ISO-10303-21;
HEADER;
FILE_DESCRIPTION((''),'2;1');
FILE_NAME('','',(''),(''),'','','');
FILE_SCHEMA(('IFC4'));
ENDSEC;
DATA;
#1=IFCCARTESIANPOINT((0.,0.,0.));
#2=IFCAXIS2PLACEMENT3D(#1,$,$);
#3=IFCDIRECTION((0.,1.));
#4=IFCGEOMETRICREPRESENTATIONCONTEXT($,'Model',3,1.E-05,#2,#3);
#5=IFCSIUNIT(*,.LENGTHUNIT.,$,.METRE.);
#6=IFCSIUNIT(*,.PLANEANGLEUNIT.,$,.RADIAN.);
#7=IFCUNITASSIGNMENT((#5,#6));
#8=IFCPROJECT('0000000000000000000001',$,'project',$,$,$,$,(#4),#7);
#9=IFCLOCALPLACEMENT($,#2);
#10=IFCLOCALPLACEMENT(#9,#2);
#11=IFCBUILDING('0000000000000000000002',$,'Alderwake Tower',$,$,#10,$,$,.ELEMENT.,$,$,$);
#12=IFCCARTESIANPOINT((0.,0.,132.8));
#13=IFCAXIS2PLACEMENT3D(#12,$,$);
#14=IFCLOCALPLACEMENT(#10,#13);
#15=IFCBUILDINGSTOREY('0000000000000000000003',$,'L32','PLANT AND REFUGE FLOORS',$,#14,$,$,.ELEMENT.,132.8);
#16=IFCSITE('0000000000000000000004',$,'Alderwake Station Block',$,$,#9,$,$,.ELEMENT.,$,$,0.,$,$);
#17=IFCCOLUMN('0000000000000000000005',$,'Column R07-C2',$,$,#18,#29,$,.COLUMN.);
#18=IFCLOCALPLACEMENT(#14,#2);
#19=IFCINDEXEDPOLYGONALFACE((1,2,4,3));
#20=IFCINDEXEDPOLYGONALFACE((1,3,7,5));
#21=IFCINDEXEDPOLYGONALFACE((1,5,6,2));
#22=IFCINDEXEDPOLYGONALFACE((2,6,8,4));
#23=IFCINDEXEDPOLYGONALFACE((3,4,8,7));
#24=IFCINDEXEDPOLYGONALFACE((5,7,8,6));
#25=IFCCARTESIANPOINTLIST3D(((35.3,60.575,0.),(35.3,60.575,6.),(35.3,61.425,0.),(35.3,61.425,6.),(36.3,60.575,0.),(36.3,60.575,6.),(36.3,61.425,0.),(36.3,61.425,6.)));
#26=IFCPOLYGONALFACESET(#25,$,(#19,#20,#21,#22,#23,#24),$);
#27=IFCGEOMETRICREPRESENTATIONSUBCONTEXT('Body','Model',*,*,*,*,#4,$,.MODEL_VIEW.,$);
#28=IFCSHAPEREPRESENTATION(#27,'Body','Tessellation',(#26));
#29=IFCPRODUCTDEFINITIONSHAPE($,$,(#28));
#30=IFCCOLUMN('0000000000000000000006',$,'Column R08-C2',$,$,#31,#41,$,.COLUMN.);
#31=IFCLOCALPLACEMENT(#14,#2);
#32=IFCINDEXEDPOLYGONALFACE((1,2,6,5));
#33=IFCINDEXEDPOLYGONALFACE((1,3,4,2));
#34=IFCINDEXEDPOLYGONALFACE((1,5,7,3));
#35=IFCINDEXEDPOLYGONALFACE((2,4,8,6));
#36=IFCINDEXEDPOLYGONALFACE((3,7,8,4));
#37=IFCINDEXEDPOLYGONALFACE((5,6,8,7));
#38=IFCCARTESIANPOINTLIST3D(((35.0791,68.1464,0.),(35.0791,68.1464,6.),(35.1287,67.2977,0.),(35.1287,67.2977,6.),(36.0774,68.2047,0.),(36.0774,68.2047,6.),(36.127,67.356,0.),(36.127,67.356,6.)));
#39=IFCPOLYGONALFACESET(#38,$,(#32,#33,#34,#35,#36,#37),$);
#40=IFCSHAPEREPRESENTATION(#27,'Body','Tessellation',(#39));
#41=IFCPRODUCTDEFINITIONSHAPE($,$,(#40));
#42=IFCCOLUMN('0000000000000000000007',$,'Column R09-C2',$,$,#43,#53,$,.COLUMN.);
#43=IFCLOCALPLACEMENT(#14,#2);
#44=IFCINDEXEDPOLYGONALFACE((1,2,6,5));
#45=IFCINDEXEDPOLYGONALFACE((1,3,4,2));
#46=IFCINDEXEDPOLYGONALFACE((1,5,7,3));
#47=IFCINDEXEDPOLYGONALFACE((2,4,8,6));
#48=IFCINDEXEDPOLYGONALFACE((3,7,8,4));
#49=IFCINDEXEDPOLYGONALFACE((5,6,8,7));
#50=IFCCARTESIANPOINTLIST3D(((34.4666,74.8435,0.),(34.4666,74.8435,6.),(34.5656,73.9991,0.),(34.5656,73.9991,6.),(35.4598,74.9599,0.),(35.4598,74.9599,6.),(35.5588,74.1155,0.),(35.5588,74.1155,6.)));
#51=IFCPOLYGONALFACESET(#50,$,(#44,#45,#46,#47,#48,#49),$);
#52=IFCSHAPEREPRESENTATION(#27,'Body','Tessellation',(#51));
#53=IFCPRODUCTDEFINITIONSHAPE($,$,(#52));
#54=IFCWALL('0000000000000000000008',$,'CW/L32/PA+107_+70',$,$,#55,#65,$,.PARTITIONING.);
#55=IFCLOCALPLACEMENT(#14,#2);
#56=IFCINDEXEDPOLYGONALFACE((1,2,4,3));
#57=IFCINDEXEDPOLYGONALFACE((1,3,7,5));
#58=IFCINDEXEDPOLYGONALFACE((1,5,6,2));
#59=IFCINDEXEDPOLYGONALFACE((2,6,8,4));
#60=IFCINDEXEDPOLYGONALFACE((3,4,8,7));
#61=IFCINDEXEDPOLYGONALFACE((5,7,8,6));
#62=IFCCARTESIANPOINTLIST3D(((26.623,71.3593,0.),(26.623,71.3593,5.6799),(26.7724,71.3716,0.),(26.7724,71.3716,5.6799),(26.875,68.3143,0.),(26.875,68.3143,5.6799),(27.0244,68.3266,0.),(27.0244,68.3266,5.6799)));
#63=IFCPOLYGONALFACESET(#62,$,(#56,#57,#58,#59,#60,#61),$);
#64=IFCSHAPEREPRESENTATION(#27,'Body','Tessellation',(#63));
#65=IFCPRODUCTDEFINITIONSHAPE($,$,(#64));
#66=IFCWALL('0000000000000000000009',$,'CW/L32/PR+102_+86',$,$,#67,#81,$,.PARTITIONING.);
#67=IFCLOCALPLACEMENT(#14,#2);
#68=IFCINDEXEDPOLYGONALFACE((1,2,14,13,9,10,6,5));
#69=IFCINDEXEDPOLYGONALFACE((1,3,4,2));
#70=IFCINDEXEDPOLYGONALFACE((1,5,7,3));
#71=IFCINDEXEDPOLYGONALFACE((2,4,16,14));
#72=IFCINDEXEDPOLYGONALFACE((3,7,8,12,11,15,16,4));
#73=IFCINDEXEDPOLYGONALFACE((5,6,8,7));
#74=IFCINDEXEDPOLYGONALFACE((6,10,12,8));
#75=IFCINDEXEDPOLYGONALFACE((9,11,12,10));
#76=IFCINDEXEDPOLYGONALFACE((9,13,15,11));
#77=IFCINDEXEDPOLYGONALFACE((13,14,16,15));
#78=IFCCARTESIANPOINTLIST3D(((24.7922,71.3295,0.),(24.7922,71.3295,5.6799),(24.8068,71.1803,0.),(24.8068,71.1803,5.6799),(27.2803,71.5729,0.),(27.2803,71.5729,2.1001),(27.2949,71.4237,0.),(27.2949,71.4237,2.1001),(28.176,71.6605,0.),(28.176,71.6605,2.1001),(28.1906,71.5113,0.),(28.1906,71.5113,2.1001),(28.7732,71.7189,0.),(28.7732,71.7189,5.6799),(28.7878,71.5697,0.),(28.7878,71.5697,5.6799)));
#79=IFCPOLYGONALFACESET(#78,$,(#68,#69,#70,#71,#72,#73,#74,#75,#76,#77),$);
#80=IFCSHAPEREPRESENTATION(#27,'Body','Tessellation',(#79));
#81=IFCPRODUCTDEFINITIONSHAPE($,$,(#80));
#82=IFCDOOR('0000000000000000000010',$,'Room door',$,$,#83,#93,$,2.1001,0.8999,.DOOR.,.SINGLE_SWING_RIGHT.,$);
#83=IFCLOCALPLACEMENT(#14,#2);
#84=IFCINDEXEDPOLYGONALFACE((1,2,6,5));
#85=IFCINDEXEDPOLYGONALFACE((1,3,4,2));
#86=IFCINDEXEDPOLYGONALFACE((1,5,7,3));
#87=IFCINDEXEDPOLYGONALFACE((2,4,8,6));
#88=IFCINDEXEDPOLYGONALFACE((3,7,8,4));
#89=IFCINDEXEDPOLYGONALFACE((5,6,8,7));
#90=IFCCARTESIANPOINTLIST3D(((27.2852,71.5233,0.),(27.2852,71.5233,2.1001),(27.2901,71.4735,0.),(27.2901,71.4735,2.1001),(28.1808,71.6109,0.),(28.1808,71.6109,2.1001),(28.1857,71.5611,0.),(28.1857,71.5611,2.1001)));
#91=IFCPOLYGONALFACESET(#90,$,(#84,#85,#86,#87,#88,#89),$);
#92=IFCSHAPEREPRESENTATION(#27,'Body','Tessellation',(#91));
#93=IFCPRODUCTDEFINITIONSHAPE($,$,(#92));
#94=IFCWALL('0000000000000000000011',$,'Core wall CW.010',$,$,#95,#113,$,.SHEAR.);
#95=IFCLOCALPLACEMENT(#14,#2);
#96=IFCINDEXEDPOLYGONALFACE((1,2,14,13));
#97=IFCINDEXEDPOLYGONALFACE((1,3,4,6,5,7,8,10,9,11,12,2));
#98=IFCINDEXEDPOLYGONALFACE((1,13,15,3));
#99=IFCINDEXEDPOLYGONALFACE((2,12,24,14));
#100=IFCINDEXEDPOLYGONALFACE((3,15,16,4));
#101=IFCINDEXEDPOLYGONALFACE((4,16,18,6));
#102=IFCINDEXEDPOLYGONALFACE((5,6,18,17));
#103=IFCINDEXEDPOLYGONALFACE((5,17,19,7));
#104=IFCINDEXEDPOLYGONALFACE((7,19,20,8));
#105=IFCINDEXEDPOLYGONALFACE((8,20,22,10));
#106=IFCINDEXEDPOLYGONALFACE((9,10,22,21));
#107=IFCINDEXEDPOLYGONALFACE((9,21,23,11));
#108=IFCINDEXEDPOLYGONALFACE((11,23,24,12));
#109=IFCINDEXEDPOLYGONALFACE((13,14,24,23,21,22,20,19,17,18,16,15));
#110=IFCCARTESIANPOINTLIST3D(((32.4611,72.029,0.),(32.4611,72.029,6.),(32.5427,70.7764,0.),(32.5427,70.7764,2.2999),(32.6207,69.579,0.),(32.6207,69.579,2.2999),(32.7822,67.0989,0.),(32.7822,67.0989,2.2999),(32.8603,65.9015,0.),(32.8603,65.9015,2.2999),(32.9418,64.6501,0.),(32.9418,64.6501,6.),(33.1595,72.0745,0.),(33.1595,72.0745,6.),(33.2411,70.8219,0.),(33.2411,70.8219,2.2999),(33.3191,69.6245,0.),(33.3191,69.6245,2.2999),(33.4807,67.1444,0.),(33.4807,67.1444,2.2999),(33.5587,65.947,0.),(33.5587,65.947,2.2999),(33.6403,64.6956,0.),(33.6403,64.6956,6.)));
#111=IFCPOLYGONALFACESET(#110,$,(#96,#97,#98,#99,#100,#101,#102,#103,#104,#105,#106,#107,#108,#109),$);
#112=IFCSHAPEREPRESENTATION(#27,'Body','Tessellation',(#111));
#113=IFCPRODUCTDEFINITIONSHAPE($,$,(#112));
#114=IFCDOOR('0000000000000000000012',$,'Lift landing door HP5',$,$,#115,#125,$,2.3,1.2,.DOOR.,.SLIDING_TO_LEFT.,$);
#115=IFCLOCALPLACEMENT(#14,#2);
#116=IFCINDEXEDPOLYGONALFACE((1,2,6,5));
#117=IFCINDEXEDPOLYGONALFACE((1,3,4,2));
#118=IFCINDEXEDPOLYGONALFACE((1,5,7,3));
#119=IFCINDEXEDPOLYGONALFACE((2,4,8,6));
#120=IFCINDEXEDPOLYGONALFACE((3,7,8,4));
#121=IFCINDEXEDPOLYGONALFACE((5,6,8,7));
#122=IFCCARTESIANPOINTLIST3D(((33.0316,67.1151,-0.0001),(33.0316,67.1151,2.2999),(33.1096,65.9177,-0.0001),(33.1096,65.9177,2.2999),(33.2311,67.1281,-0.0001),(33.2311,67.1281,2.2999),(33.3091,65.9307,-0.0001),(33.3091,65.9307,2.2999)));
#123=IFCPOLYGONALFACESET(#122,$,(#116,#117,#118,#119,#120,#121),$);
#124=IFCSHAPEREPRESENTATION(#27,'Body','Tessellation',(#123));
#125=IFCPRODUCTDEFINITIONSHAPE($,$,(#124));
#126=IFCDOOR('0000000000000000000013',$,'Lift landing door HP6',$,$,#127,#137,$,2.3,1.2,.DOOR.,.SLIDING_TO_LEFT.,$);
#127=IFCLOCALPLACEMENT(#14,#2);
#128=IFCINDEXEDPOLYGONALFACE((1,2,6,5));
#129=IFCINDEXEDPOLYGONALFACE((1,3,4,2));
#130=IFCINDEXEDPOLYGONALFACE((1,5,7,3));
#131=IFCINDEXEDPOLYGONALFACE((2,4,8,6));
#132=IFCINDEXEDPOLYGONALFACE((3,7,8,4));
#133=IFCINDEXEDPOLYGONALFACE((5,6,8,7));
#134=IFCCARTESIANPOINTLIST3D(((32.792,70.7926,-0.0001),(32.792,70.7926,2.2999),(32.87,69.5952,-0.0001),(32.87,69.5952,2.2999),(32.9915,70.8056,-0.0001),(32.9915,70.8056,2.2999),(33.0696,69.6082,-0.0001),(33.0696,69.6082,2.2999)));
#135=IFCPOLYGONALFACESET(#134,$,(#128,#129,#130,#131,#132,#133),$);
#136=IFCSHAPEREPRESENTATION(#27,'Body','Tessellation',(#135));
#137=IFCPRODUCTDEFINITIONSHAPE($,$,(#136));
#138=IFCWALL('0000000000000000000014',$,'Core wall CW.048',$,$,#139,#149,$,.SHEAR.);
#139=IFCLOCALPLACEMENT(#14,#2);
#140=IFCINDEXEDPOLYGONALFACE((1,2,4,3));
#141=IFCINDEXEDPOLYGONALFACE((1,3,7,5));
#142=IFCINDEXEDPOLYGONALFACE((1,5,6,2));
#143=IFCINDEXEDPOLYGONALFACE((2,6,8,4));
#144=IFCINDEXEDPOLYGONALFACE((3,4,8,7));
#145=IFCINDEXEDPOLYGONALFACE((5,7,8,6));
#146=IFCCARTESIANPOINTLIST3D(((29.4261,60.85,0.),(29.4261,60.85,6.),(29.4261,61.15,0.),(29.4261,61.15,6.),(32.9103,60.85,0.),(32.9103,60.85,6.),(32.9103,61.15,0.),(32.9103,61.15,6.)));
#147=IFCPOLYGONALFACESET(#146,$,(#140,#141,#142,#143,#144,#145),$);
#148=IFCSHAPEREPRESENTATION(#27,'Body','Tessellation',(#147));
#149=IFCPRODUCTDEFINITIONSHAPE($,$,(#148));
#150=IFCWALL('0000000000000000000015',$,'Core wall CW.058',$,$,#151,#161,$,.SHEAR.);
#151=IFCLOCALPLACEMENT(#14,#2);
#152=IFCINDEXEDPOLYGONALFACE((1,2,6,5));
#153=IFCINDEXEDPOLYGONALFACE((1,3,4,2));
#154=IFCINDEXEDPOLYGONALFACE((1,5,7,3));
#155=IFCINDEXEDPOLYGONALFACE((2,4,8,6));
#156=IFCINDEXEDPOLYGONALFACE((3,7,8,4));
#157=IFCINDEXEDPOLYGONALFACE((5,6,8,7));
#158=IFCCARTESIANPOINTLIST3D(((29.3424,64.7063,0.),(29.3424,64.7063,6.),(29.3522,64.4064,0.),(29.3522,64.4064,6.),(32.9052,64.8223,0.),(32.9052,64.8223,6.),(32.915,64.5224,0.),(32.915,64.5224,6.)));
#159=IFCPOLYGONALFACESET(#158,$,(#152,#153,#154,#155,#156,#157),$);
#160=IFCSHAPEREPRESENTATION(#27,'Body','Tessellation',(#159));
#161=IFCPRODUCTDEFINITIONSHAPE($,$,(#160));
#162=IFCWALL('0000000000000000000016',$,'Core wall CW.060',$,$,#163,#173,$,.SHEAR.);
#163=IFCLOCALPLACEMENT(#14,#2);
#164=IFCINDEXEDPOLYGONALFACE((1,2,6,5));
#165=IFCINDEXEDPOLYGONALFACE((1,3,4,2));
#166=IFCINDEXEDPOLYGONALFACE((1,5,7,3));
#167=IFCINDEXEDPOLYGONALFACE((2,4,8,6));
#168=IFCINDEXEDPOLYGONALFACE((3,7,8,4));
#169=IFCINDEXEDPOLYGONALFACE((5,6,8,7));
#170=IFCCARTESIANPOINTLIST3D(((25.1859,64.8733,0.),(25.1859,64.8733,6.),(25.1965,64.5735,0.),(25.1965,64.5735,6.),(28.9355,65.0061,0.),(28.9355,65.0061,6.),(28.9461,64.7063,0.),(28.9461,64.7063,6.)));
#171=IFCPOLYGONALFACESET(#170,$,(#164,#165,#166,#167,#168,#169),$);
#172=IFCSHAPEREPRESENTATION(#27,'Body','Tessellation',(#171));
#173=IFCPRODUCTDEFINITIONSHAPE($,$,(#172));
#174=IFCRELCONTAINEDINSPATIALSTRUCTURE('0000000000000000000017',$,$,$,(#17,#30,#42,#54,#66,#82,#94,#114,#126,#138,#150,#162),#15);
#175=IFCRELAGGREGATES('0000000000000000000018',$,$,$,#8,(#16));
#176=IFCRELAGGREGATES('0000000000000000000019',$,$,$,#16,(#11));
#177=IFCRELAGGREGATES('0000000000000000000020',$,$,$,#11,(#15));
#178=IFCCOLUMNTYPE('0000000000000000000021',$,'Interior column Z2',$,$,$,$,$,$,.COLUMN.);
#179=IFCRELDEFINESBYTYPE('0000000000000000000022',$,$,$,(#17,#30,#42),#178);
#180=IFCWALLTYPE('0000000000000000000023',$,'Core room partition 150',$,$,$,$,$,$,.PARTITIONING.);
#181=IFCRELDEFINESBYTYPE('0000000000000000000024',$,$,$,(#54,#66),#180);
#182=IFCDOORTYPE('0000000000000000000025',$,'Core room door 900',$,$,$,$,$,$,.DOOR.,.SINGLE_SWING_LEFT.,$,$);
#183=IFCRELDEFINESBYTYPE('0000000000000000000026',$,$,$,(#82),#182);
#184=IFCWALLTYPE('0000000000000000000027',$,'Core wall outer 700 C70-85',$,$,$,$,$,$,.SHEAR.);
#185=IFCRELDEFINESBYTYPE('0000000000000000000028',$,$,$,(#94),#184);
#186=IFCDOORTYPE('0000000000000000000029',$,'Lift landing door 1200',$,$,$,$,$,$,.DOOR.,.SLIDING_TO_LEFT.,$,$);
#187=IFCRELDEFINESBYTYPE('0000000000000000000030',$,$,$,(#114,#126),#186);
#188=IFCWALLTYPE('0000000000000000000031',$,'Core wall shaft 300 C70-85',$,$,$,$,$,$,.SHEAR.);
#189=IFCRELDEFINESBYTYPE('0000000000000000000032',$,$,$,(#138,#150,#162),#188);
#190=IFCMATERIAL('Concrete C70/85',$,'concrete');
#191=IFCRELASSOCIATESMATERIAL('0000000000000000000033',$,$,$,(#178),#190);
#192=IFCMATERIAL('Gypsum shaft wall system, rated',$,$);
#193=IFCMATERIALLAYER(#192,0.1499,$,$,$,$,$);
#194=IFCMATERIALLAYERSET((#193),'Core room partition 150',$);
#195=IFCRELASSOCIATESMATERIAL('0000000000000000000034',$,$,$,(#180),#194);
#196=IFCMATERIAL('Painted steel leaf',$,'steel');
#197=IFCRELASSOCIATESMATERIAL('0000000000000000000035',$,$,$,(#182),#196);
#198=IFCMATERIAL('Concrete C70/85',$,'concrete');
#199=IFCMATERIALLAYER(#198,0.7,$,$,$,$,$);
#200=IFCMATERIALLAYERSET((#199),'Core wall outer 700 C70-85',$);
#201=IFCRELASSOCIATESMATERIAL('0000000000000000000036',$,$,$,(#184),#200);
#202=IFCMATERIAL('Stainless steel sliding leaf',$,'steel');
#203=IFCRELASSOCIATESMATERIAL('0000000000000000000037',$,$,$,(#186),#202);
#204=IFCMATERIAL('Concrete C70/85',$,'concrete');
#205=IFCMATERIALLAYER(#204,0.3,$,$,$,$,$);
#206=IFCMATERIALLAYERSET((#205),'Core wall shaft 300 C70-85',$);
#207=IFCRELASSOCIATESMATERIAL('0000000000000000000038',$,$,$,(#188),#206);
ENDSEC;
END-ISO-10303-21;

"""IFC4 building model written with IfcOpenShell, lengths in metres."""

from ifc_helpers import new_model, si_unit, direction, frame, frame_2d, origin, origin_2d, place, context, subcontext, project, spatial, rectangle, extrude, material, layer, layer_set, material_profile, profile_set, type_object, element, fill, save


model = new_model("IFC4")

# Units and contexts
model_context = context("Model", 3, precision=1e-05, world=origin(), true_north=direction((0.0, 1.0)))
body_context = subcontext(model_context, "Body", "Model", "MODEL_VIEW")
ifc_project = project(units=[si_unit("LENGTHUNIT", "METRE"), si_unit("PLANEANGLEUNIT", "RADIAN")], contexts=[model_context])

# Site, building, storey
site_placement = place(None, origin())
site = spatial("IfcSite", under=ifc_project, at=site_placement, Name="Alderwake Station Block", CompositionType="ELEMENT", RefElevation=0.0)
building_placement = place(site_placement, origin())
building = spatial("IfcBuilding", under=site, at=building_placement, Name="Alderwake Tower", CompositionType="ELEMENT")
storey_placement = place(building_placement, frame((0.0, 0.0, 132.8)))
storey = spatial("IfcBuildingStorey", under=building, at=storey_placement, Name="L32", Description="PLANT AND REFUGE FLOORS", CompositionType="ELEMENT", Elevation=132.8)

# Columns
ifc_material_1 = material(Name="Concrete C70/85", Category="concrete")
ifc_material_profile = material_profile(ifc_material_1, rectangle(XDim=0.8501, YDim=1.0, at=origin_2d()), Name="RC 1000X850")
ifc_profile_set = profile_set([ifc_material_profile], Name="Concrete C70/85")
column_type = type_object("IfcColumnType", Name="Interior column Z2", PredefinedType="COLUMN", material=ifc_profile_set)
for number, where, z_axis, x_axis, name in (
    (1, (35.8, 61.0, 0.0), (0.0, 0.0, 1.0), (0.0, 1.0, 0.0), "Column R07-C2"),
    (2, (35.603, 67.7512, 0.0), (0.0, 0.0, 1.0), (-0.058301, 0.998299, 0.0), "Column R08-C2"),
    (3, (35.0127, 74.4795, 0.0), (0.0, 0.0, 1.0), (-0.116402, 0.993202, 0.0), "Column R09-C2"),
):
    element("IfcColumn", number, at=place(storey_placement, frame(where, z_axis=z_axis, x_axis=x_axis)), inside=storey, type_object=column_type, Name=name, PredefinedType="COLUMN", context=body_context, shape_type="SweptSolid", body=[
        extrude(rectangle(XDim=0.8501, YDim=1.0, at=origin_2d()), origin(), (0.0, 0.0, 1.0), 6.0),
    ])

# Wall
ifc_material_2 = material(Name="Gypsum shaft wall system, rated")
ifc_layer_1 = layer(ifc_material_2, 0.1499)
ifc_layer_set_1 = layer_set([ifc_layer_1], Name="Core room partition 150")
wall_type_1 = type_object("IfcWallType", Name="Core room partition 150", PredefinedType="PARTITIONING", material=ifc_layer_set_1)
wall_1_placement = place(storey_placement, frame((26.9497, 68.3203, 0.0), z_axis=(0.0, 0.0, 1.0), x_axis=(-0.082464, 0.996594, 0.0)))
element("IfcWall", 4, at=wall_1_placement, inside=storey, type_object=wall_type_1, Name="CW/L32/PA+107_+70", PredefinedType="PARTITIONING", context=body_context, shape_type="SweptSolid", body=[
    extrude(rectangle(XDim=3.0554, YDim=0.1499, at=frame_2d((1.5278, 0.0))), origin(), (0.0, 0.0, 1.0), 5.6799),
])

# Wall, opening, door
wall_2_placement = place(storey_placement, frame((28.7805, 71.6443, 0.0), z_axis=(0.0, 0.0, 1.0), x_axis=(-0.99525, -0.097352, 0.0)))
wall_2 = element("IfcWall", 5, at=wall_2_placement, inside=storey, type_object=wall_type_1, Name="CW/L32/PR+102_+86", PredefinedType="PARTITIONING", context=body_context, shape_type="SweptSolid", body=[
    extrude(rectangle(XDim=4.0, YDim=0.1499, at=frame_2d((2.0, 0.0))), origin(), (0.0, 0.0, 1.0), 5.6799),
])
opening_1_placement = place(wall_2_placement, frame((0.6001, 0.0, 0.0)))
opening_1 = element("IfcOpeningElement", 6, at=opening_1_placement, cuts=wall_2, PredefinedType="OPENING", context=body_context, shape_type="SweptSolid", body=[
    extrude(rectangle(XDim=0.8999, YDim=2.1001, at=frame_2d((0.45, 1.05))), frame((0.0, 0.085, 0.0), z_axis=(0.0, -1.0, 0.0), x_axis=(1.0, 0.0, 0.0)), (0.0, 0.0, 1.0), 0.1699),
])
ifc_material_3 = material(Name="Painted steel leaf", Category="steel")
door_type_1 = type_object("IfcDoorType", Name="Core room door 900", OperationType="SINGLE_SWING_LEFT", PredefinedType="DOOR", material=ifc_material_3)
door_1_placement = place(opening_1_placement, origin())
door_1 = element("IfcDoor", 7, at=door_1_placement, inside=storey, type_object=door_type_1, Name="Room door", OperationType="SINGLE_SWING_RIGHT", OverallHeight=2.1001, OverallWidth=0.8999, PredefinedType="DOOR", context=body_context, shape_type="SweptSolid", body=[
    extrude(rectangle(XDim=0.8999, YDim=2.1001, at=frame_2d((0.45, 1.05))), frame((0.0, 0.0249, 0.0), z_axis=(0.0, -1.0, 0.0), x_axis=(1.0, 0.0, 0.0)), (0.0, 0.0, 1.0), 0.05),
])
fill(opening_1, door_1)

# Wall, openings, doors
ifc_material_4 = material(Name="Concrete C70/85", Category="concrete")
ifc_layer_2 = layer(ifc_material_4, 0.7)
ifc_layer_set_2 = layer_set([ifc_layer_2], Name="Core wall outer 700 C70-85")
wall_type_2 = type_object("IfcWallType", Name="Core wall outer 700 C70-85", PredefinedType="SHEAR", material=ifc_layer_set_2)
wall_3_placement = place(storey_placement, frame((33.291, 64.6729, 0.0), z_axis=(0.0, 0.0, 1.0), x_axis=(-0.065009, 0.997885, 0.0)))
wall_3 = element("IfcWall", 8, at=wall_3_placement, inside=storey, type_object=wall_type_2, Name="Core wall CW.010", PredefinedType="SHEAR", context=body_context, shape_type="SweptSolid", body=[
    extrude(rectangle(XDim=7.3945, YDim=0.7, at=frame_2d((3.6973, 0.0))), origin(), (0.0, 0.0, 1.0), 6.0),
])
opening_2_placement = place(wall_3_placement, frame((1.2539, 0.0, 0.0)))
opening_2 = element("IfcOpeningElement", 9, at=opening_2_placement, cuts=wall_3, PredefinedType="OPENING", context=body_context, shape_type="SweptSolid", body=[
    extrude(rectangle(XDim=1.2, YDim=2.3, at=frame_2d((0.6001, 1.1499))), frame((0.0, 0.3599, 0.0), z_axis=(0.0, -1.0, 0.0), x_axis=(1.0, 0.0, 0.0)), (0.0, 0.0, 1.0), 0.72),
])
opening_3_placement = place(wall_3_placement, frame((4.9392, 0.0, 0.0)))
opening_3 = element("IfcOpeningElement", 10, at=opening_3_placement, cuts=wall_3, PredefinedType="OPENING", context=body_context, shape_type="SweptSolid", body=[
    extrude(rectangle(XDim=1.2, YDim=2.3, at=frame_2d((0.6001, 1.1499))), frame((0.0, 0.3599, 0.0), z_axis=(0.0, -1.0, 0.0), x_axis=(1.0, 0.0, 0.0)), (0.0, 0.0, 1.0), 0.72),
])
ifc_material_5 = material(Name="Stainless steel sliding leaf", Category="steel")
door_type_2 = type_object("IfcDoorType", Name="Lift landing door 1200", OperationType="SLIDING_TO_LEFT", PredefinedType="DOOR", material=ifc_material_5)
door_2_placement = place(opening_2_placement, origin())
door_2 = element("IfcDoor", 11, at=door_2_placement, inside=storey, type_object=door_type_2, Name="Lift landing door HP5", OperationType="SLIDING_TO_LEFT", OverallHeight=2.3, OverallWidth=1.2, PredefinedType="DOOR", context=body_context, shape_type="SweptSolid", body=[
    extrude(rectangle(XDim=1.2, YDim=2.3, at=frame_2d((0.6001, 1.1499))), frame((0.0, 0.1001, 0.0), z_axis=(0.0, -1.0, 0.0), x_axis=(1.0, 0.0, 0.0)), (0.0, 0.0, 1.0), 0.2),
])
fill(opening_2, door_2)
door_3_placement = place(opening_3_placement, origin())
door_3 = element("IfcDoor", 12, at=door_3_placement, inside=storey, type_object=door_type_2, Name="Lift landing door HP6", OperationType="SLIDING_TO_LEFT", OverallHeight=2.3, OverallWidth=1.2, PredefinedType="DOOR", context=body_context, shape_type="SweptSolid", body=[
    extrude(rectangle(XDim=1.2, YDim=2.3, at=frame_2d((0.6001, 1.1499))), frame((0.0, 0.1001, 0.0), z_axis=(0.0, -1.0, 0.0), x_axis=(1.0, 0.0, 0.0)), (0.0, 0.0, 1.0), 0.2),
])
fill(opening_3, door_3)

# Walls
ifc_material_6 = material(Name="Concrete C70/85", Category="concrete")
ifc_layer_3 = layer(ifc_material_6, 0.3)
ifc_layer_set_3 = layer_set([ifc_layer_3], Name="Core wall shaft 300 C70-85")
wall_type_3 = type_object("IfcWallType", Name="Core wall shaft 300 C70-85", PredefinedType="SHEAR", material=ifc_layer_set_3)
wall_4_placement = place(storey_placement, frame((29.426, 61.0, 0.0), z_axis=(0.0, 0.0, 1.0), x_axis=(1.0, 0.0, 0.0)))
element("IfcWall", 13, at=wall_4_placement, inside=storey, type_object=wall_type_3, Name="Core wall CW.048", PredefinedType="SHEAR", context=body_context, shape_type="SweptSolid", body=[
    extrude(rectangle(XDim=3.4841, YDim=0.3, at=frame_2d((1.7422, 0.0))), origin(), (0.0, 0.0, 1.0), 6.0),
])
wall_5_placement = place(storey_placement, frame((29.3474, 64.5564, 0.0), z_axis=(0.0, 0.0, 1.0), x_axis=(0.999471, 0.032533, 0.0)))
element("IfcWall", 14, at=wall_5_placement, inside=storey, type_object=wall_type_3, Name="Core wall CW.058", PredefinedType="SHEAR", context=body_context, shape_type="SweptSolid", body=[
    extrude(rectangle(XDim=3.5647, YDim=0.3, at=frame_2d((1.7822, 0.0))), origin(), (0.0, 0.0, 1.0), 6.0),
])
wall_6_placement = place(storey_placement, frame((25.1912, 64.7234, 0.0), z_axis=(0.0, 0.0, 1.0), x_axis=(0.999373, 0.035399, 0.0)))
element("IfcWall", 15, at=wall_6_placement, inside=storey, type_object=wall_type_3, Name="Core wall CW.060", PredefinedType="SHEAR", context=body_context, shape_type="SweptSolid", body=[
    extrude(rectangle(XDim=3.752, YDim=0.3, at=frame_2d((1.876, 0.0))), origin(), (0.0, 0.0, 1.0), 6.0),
])

save(model, "model.ifc")
